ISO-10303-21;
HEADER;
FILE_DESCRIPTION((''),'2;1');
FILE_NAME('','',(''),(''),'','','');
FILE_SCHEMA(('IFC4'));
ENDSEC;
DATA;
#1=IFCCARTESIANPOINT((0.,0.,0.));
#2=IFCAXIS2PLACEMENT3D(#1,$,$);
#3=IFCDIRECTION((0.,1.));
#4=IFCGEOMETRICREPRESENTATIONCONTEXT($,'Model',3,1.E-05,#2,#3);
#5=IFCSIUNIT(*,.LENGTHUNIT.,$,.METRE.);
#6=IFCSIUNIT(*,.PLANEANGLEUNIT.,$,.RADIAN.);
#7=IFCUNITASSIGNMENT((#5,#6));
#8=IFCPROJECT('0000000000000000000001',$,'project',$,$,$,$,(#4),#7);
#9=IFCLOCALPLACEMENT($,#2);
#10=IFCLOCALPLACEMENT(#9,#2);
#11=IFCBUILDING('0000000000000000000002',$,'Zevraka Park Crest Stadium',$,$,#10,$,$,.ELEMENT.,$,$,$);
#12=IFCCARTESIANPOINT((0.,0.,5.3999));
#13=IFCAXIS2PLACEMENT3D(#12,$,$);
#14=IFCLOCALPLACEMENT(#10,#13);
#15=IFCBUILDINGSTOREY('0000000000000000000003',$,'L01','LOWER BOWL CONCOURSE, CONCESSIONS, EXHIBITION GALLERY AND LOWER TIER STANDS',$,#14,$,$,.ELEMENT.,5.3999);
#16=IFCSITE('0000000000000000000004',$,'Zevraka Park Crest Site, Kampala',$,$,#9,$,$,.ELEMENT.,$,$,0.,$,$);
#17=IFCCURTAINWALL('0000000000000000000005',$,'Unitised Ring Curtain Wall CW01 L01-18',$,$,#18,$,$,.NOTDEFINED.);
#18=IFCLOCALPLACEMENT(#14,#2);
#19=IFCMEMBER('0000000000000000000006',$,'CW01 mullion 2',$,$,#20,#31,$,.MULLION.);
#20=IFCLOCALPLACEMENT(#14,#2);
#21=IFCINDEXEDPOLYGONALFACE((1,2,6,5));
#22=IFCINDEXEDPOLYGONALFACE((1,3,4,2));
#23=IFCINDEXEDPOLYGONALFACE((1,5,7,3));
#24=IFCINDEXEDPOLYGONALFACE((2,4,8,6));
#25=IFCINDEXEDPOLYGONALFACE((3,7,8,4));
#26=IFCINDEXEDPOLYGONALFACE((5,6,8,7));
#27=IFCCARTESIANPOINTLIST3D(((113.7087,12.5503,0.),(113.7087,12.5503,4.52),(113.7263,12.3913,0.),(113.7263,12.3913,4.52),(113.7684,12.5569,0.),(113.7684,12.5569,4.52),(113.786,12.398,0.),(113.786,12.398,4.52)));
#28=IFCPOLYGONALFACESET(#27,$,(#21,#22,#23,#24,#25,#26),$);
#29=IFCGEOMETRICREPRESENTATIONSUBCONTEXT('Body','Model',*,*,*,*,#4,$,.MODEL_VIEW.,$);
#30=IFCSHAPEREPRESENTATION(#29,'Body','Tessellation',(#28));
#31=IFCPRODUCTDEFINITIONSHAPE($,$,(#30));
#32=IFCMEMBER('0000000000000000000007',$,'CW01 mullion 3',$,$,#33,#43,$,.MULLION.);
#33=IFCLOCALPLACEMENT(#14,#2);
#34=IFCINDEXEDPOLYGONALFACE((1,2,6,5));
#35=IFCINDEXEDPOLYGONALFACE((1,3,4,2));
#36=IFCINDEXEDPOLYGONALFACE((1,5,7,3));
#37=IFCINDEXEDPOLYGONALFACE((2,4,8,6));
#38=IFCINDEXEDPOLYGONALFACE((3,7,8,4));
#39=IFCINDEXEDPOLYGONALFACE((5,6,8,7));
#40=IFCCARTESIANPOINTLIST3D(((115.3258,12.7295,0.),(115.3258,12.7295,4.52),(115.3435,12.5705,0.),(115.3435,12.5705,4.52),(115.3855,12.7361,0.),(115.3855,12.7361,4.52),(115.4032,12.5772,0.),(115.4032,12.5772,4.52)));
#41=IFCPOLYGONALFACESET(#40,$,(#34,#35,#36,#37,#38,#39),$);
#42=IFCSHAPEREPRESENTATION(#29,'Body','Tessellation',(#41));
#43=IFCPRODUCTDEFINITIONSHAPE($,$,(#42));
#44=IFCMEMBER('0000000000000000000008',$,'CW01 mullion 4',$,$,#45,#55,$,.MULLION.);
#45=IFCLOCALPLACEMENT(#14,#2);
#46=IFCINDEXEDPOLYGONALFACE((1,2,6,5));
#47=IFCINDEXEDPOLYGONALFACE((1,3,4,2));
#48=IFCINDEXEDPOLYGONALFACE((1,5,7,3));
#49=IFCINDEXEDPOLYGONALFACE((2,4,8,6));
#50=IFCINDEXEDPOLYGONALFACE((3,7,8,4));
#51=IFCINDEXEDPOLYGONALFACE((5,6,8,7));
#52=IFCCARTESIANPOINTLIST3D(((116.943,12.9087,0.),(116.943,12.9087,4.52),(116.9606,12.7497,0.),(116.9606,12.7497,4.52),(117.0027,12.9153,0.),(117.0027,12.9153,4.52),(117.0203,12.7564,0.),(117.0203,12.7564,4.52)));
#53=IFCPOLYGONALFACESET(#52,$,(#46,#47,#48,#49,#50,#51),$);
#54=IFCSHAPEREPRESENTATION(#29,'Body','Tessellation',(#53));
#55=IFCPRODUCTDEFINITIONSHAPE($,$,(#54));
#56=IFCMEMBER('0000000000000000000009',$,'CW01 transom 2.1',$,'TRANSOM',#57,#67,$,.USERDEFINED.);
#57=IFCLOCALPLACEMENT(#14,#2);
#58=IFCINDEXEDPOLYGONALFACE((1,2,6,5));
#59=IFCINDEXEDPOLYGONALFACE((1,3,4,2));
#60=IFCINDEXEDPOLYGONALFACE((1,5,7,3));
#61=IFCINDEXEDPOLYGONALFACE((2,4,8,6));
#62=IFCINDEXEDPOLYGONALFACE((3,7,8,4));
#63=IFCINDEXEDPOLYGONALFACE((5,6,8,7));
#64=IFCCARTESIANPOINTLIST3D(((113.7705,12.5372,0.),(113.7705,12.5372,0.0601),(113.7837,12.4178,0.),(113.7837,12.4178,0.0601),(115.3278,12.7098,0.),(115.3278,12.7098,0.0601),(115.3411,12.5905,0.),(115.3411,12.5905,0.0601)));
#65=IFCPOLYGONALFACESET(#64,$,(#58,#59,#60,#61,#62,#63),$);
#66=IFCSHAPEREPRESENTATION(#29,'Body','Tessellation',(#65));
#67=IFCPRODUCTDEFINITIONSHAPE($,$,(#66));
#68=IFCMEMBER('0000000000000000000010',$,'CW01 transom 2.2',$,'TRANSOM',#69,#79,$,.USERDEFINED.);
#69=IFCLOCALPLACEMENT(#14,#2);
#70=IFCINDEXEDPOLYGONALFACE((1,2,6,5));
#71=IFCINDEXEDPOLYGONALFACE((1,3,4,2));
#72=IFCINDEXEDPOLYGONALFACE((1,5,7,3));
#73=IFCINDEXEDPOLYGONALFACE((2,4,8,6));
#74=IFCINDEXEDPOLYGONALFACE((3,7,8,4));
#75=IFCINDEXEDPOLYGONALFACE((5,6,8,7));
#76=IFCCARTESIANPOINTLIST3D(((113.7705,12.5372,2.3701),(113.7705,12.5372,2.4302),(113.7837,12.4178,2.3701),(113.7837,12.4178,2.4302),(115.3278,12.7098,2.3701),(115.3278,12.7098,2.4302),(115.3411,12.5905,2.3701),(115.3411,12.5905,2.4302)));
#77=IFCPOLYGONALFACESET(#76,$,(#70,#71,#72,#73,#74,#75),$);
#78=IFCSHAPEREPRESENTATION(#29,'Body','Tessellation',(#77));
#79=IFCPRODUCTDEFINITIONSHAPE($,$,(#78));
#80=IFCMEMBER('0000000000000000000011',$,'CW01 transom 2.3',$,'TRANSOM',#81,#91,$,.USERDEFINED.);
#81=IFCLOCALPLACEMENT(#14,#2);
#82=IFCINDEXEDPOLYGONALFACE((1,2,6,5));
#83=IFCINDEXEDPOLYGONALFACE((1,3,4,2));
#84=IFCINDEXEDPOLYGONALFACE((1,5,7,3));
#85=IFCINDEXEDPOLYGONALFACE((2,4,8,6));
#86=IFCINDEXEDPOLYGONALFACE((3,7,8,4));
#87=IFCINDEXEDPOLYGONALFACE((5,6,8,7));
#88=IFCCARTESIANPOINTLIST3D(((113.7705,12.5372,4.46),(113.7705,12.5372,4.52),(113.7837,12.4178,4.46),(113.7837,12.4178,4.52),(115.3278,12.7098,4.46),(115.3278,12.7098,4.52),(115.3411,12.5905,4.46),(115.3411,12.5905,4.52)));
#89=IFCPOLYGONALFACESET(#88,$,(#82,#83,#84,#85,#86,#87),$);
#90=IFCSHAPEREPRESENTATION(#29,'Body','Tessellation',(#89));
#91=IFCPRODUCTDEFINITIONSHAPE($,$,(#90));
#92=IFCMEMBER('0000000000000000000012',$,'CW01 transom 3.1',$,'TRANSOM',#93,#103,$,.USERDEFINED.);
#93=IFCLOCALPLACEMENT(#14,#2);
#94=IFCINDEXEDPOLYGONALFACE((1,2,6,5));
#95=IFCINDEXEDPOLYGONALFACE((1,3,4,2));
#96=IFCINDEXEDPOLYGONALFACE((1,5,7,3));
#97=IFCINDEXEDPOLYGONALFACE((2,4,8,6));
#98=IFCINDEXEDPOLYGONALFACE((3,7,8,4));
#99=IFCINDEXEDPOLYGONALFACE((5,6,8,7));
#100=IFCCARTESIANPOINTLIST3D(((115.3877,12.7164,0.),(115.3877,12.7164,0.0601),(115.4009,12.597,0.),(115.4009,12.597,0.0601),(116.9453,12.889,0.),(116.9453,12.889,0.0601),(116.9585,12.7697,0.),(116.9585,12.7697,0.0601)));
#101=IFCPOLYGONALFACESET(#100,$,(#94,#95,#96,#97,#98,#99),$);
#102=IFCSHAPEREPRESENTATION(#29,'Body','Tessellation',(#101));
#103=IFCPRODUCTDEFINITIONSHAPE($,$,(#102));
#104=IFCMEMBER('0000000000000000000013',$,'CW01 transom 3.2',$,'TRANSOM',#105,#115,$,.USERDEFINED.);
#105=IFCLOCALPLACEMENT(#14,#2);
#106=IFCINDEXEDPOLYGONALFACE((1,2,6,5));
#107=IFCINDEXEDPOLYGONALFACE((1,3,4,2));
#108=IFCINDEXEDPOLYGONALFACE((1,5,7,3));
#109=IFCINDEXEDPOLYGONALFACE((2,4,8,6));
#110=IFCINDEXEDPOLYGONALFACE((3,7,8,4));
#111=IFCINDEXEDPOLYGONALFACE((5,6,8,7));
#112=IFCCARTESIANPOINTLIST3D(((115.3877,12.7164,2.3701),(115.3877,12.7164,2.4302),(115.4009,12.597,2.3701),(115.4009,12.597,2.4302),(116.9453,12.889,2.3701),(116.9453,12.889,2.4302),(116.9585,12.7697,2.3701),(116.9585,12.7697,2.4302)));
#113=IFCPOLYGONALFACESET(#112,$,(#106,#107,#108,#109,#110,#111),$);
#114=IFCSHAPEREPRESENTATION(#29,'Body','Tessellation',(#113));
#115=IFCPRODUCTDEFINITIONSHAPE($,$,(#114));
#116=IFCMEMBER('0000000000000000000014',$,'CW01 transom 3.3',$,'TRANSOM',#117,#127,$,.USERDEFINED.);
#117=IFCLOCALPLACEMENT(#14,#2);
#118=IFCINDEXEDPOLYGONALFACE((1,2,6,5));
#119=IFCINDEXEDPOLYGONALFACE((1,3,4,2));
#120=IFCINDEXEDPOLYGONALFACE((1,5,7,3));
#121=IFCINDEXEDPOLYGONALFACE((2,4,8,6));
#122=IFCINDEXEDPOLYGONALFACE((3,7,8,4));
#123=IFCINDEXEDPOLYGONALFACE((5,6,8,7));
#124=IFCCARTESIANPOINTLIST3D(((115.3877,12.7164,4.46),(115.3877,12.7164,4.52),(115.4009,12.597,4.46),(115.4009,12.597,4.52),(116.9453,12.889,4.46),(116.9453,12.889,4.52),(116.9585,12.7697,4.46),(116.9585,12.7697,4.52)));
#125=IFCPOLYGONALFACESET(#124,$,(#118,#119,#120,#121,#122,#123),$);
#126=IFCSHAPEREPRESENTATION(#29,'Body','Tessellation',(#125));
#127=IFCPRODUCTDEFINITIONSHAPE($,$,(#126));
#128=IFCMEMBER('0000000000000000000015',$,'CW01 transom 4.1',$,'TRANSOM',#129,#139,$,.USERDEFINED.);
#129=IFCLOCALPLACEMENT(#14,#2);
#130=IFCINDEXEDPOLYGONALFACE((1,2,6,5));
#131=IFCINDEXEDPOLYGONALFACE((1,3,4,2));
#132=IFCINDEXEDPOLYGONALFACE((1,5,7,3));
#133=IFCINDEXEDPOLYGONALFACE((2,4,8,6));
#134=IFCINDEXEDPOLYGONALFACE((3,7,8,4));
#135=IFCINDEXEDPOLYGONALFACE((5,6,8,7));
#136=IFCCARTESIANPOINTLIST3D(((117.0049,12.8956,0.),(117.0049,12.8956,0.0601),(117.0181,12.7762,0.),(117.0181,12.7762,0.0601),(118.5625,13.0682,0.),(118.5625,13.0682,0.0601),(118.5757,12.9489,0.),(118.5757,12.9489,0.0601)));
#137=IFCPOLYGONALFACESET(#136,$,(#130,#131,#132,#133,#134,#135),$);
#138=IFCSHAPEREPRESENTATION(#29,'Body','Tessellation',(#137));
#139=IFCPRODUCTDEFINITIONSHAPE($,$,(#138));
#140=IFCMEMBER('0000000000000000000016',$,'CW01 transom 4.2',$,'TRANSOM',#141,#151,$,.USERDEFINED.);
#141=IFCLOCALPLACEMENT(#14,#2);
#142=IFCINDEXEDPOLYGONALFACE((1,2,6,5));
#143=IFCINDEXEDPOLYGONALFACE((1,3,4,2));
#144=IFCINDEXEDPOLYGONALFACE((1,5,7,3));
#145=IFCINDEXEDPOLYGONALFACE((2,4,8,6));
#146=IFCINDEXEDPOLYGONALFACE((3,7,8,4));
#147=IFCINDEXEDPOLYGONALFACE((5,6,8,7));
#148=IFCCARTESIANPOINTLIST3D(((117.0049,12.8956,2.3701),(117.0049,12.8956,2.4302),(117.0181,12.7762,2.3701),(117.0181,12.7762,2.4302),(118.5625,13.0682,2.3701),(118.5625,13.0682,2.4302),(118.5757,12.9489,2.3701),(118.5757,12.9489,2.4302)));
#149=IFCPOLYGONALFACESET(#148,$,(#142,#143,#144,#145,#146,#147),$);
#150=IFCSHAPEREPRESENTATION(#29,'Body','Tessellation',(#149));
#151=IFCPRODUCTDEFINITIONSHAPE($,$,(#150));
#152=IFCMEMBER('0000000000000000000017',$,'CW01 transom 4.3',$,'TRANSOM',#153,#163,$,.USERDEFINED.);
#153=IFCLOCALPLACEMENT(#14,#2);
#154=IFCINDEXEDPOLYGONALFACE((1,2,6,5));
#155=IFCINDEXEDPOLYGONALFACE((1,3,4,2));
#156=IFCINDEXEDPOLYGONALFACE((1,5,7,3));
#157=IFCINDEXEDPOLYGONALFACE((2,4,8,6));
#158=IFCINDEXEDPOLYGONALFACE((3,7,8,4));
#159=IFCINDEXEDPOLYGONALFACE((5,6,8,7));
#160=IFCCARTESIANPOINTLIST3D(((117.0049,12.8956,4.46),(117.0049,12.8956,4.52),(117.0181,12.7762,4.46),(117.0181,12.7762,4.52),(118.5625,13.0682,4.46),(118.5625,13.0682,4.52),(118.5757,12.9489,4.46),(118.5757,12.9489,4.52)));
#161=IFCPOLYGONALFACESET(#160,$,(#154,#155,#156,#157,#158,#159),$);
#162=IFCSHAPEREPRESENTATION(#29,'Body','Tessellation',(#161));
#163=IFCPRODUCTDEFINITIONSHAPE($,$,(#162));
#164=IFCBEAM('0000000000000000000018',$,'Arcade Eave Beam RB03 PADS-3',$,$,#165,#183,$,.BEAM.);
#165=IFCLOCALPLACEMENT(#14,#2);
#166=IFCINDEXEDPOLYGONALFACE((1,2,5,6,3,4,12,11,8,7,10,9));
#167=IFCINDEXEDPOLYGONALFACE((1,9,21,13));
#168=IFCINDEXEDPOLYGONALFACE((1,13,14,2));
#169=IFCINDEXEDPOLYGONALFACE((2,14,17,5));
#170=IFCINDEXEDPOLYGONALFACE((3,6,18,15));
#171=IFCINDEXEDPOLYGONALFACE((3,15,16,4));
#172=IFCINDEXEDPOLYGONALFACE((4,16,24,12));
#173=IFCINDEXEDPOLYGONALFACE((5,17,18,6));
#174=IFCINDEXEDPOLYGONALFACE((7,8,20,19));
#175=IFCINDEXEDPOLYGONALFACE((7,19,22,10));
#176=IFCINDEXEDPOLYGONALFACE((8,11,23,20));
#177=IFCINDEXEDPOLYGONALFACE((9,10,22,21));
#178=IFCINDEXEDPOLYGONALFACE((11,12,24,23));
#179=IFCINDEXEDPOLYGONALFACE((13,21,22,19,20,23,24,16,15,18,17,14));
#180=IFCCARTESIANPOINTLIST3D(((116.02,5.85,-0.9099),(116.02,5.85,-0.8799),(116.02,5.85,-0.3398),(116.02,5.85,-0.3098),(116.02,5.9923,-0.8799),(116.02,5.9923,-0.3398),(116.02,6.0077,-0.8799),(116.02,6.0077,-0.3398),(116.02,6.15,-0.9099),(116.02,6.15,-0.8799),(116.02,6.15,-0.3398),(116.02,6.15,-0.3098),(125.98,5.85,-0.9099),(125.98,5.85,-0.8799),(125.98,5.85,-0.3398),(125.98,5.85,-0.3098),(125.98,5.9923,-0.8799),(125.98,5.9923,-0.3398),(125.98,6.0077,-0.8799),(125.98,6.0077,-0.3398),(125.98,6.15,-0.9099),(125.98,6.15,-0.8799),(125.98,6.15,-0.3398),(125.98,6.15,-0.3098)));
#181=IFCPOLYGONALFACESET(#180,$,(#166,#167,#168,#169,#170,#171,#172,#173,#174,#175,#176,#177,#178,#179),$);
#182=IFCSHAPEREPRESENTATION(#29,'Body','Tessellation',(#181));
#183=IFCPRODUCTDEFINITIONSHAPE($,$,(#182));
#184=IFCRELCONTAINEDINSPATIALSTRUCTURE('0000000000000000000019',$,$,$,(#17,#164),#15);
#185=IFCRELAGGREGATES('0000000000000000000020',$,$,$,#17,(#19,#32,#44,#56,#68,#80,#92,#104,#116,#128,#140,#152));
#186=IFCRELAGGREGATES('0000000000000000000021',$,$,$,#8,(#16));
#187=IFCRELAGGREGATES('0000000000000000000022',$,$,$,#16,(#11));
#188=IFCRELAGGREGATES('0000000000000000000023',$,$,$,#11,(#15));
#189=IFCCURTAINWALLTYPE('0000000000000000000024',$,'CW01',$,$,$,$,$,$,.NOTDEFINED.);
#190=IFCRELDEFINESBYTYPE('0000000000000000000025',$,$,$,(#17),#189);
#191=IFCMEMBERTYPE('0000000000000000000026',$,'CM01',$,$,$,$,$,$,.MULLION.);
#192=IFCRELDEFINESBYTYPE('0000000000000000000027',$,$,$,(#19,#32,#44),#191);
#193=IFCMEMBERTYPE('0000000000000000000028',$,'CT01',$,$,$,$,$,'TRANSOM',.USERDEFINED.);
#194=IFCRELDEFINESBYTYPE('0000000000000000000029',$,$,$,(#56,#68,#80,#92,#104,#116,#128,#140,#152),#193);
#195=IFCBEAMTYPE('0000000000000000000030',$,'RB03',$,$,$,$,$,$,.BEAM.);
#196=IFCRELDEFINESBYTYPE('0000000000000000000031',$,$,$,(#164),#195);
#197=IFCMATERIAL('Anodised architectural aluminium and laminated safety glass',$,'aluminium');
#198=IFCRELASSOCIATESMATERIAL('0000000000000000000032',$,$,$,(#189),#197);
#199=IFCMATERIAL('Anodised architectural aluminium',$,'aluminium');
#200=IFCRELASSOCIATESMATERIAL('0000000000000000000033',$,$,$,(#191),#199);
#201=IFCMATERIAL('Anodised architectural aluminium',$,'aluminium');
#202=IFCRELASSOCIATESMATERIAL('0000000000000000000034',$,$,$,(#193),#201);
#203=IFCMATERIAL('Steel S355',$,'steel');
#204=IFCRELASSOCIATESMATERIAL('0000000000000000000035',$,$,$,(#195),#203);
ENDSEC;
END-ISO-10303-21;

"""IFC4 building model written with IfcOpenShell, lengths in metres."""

from ifc_helpers import new_model, si_unit, direction, frame, origin, origin_2d, place, context, subcontext, project, spatial, rectangle, i_section, extrude, material, material_profile, profile_set, type_object, element, aggregate, save


model = new_model("IFC4")

# Units and contexts
model_context = context("Model", 3, precision=1e-05, world=origin(), true_north=direction((0.0, 1.0)))
body_context = subcontext(model_context, "Body", "Model", "MODEL_VIEW")
ifc_project = project(units=[si_unit("LENGTHUNIT", "METRE"), si_unit("PLANEANGLEUNIT", "RADIAN")], contexts=[model_context])

# Site, building, storey
site_placement = place(None, origin())
site = spatial("IfcSite", under=ifc_project, at=site_placement, Name="Zevraka Park Crest Site, Kampala", CompositionType="ELEMENT", RefElevation=0.0)
building_placement = place(site_placement, origin())
building = spatial("IfcBuilding", under=site, at=building_placement, Name="Zevraka Park Crest Stadium", CompositionType="ELEMENT")
storey_placement = place(building_placement, frame((0.0, 0.0, 5.3999)))
storey = spatial("IfcBuildingStorey", under=building, at=storey_placement, Name="L01", Description="LOWER BOWL CONCOURSE, CONCESSIONS, EXHIBITION GALLERY AND LOWER TIER STANDS", CompositionType="ELEMENT", Elevation=5.3999)

# Curtain wall, members
ifc_material_1 = material(Name="Anodised architectural aluminium and laminated safety glass", Category="aluminium")
curtain_wall_type = type_object("IfcCurtainWallType", Name="CW01", PredefinedType="NOTDEFINED", material=ifc_material_1)
curtain_wall_placement = place(storey_placement, origin())
curtain_wall = element("IfcCurtainWall", 1, at=curtain_wall_placement, inside=storey, type_object=curtain_wall_type, Name="Unitised Ring Curtain Wall CW01 L01-18", PredefinedType="NOTDEFINED")
ifc_material_2 = material(Name="Anodised architectural aluminium", Category="aluminium")
ifc_material_profile_1 = material_profile(ifc_material_2, rectangle(XDim=0.1599, YDim=0.0601, at=origin_2d()), Name="ALU MULLION 160x60")
ifc_profile_set_1 = profile_set([ifc_material_profile_1], Name="Anodised architectural aluminium")
member_type_1 = type_object("IfcMemberType", Name="CM01", PredefinedType="MULLION", material=ifc_profile_set_1)
member_1_placement = place(storey_placement, frame((113.7473, 12.4741, 0.0), z_axis=(0.0, 0.0, 1.0), x_axis=(-0.110135, 0.993917, 0.0)))
member_1 = element("IfcMember", 2, at=member_1_placement, type_object=member_type_1, Name="CW01 mullion 2", PredefinedType="MULLION", context=body_context, shape_type="SweptSolid", body=[
    extrude(rectangle(XDim=0.1599, YDim=0.0601, at=origin_2d()), origin(), (0.0, 0.0, 1.0), 4.52),
])
member_2_placement = place(storey_placement, frame((115.3645, 12.6533, 0.0), z_axis=(0.0, 0.0, 1.0), x_axis=(-0.110135, 0.993917, 0.0)))
member_2 = element("IfcMember", 3, at=member_2_placement, type_object=member_type_1, Name="CW01 mullion 3", PredefinedType="MULLION", context=body_context, shape_type="SweptSolid", body=[
    extrude(rectangle(XDim=0.1599, YDim=0.0601, at=origin_2d()), origin(), (0.0, 0.0, 1.0), 4.52),
])
member_3_placement = place(storey_placement, frame((116.9817, 12.8325, 0.0), z_axis=(0.0, 0.0, 1.0), x_axis=(-0.110135, 0.993917, 0.0)))
member_3 = element("IfcMember", 4, at=member_3_placement, type_object=member_type_1, Name="CW01 mullion 4", PredefinedType="MULLION", context=body_context, shape_type="SweptSolid", body=[
    extrude(rectangle(XDim=0.1599, YDim=0.0601, at=origin_2d()), origin(), (0.0, 0.0, 1.0), 4.52),
])
ifc_material_3 = material(Name="Anodised architectural aluminium", Category="aluminium")
ifc_material_profile_2 = material_profile(ifc_material_3, rectangle(XDim=0.1201, YDim=0.0601, at=origin_2d()), Name="ALU TRANSOM 120x60")
ifc_profile_set_2 = profile_set([ifc_material_profile_2], Name="Anodised architectural aluminium")
member_type_2 = type_object("IfcMemberType", Name="CT01", ElementType="TRANSOM", PredefinedType="USERDEFINED", material=ifc_profile_set_2)
member_4_placement = place(storey_placement, frame((113.7771, 12.4775, 0.03), z_axis=(0.993914, 0.110158, 0.0), x_axis=(-0.110158, 0.993914, 0.0)))
member_4 = element("IfcMember", 5, at=member_4_placement, type_object=member_type_2, Name="CW01 transom 2.1", ObjectType="TRANSOM", PredefinedType="USERDEFINED", context=body_context, shape_type="SweptSolid", body=[
    extrude(rectangle(XDim=0.1201, YDim=0.0601, at=origin_2d()), origin(), (0.0, 0.0, 1.0), 1.5669),
])
member_5_placement = place(storey_placement, frame((113.7771, 12.4775, 2.4001), z_axis=(0.993914, 0.110158, 0.0), x_axis=(-0.110158, 0.993914, 0.0)))
member_5 = element("IfcMember", 6, at=member_5_placement, type_object=member_type_2, Name="CW01 transom 2.2", ObjectType="TRANSOM", PredefinedType="USERDEFINED", context=body_context, shape_type="SweptSolid", body=[
    extrude(rectangle(XDim=0.1201, YDim=0.0601, at=origin_2d()), origin(), (0.0, 0.0, 1.0), 1.5669),
])
member_6_placement = place(storey_placement, frame((113.7771, 12.4775, 4.49), z_axis=(0.993914, 0.110158, 0.0), x_axis=(-0.110158, 0.993914, 0.0)))
member_6 = element("IfcMember", 7, at=member_6_placement, type_object=member_type_2, Name="CW01 transom 2.3", ObjectType="TRANSOM", PredefinedType="USERDEFINED", context=body_context, shape_type="SweptSolid", body=[
    extrude(rectangle(XDim=0.1201, YDim=0.0601, at=origin_2d()), origin(), (0.0, 0.0, 1.0), 1.5669),
])
member_7_placement = place(storey_placement, frame((115.3943, 12.6567, 0.03), z_axis=(0.993916, 0.110141, 0.0), x_axis=(-0.110141, 0.993916, 0.0)))
member_7 = element("IfcMember", 8, at=member_7_placement, type_object=member_type_2, Name="CW01 transom 3.1", ObjectType="TRANSOM", PredefinedType="USERDEFINED", context=body_context, shape_type="SweptSolid", body=[
    extrude(rectangle(XDim=0.1201, YDim=0.0601, at=origin_2d()), origin(), (0.0, 0.0, 1.0), 1.5671),
])
member_8_placement = place(storey_placement, frame((115.3943, 12.6567, 2.4001), z_axis=(0.993916, 0.110141, 0.0), x_axis=(-0.110141, 0.993916, 0.0)))
member_8 = element("IfcMember", 9, at=member_8_placement, type_object=member_type_2, Name="CW01 transom 3.2", ObjectType="TRANSOM", PredefinedType="USERDEFINED", context=body_context, shape_type="SweptSolid", body=[
    extrude(rectangle(XDim=0.1201, YDim=0.0601, at=origin_2d()), origin(), (0.0, 0.0, 1.0), 1.5671),
])
member_9_placement = place(storey_placement, frame((115.3943, 12.6567, 4.49), z_axis=(0.993916, 0.110141, 0.0), x_axis=(-0.110141, 0.993916, 0.0)))
member_9 = element("IfcMember", 10, at=member_9_placement, type_object=member_type_2, Name="CW01 transom 3.3", ObjectType="TRANSOM", PredefinedType="USERDEFINED", context=body_context, shape_type="SweptSolid", body=[
    extrude(rectangle(XDim=0.1201, YDim=0.0601, at=origin_2d()), origin(), (0.0, 0.0, 1.0), 1.5671),
])
member_10_placement = place(storey_placement, frame((117.0115, 12.8359, 0.03), z_axis=(0.993916, 0.110141, 0.0), x_axis=(-0.110141, 0.993916, 0.0)))
member_10 = element("IfcMember", 11, at=member_10_placement, type_object=member_type_2, Name="CW01 transom 4.1", ObjectType="TRANSOM", PredefinedType="USERDEFINED", context=body_context, shape_type="SweptSolid", body=[
    extrude(rectangle(XDim=0.1201, YDim=0.0601, at=origin_2d()), origin(), (0.0, 0.0, 1.0), 1.5671),
])
member_11_placement = place(storey_placement, frame((117.0115, 12.8359, 2.4001), z_axis=(0.993916, 0.110141, 0.0), x_axis=(-0.110141, 0.993916, 0.0)))
member_11 = element("IfcMember", 12, at=member_11_placement, type_object=member_type_2, Name="CW01 transom 4.2", ObjectType="TRANSOM", PredefinedType="USERDEFINED", context=body_context, shape_type="SweptSolid", body=[
    extrude(rectangle(XDim=0.1201, YDim=0.0601, at=origin_2d()), origin(), (0.0, 0.0, 1.0), 1.5671),
])
member_12_placement = place(storey_placement, frame((117.0115, 12.8359, 4.49), z_axis=(0.993916, 0.110141, 0.0), x_axis=(-0.110141, 0.993916, 0.0)))
member_12 = element("IfcMember", 13, at=member_12_placement, type_object=member_type_2, Name="CW01 transom 4.3", ObjectType="TRANSOM", PredefinedType="USERDEFINED", context=body_context, shape_type="SweptSolid", body=[
    extrude(rectangle(XDim=0.1201, YDim=0.0601, at=origin_2d()), origin(), (0.0, 0.0, 1.0), 1.5671),
])

# Beam
ifc_material_4 = material(Name="Steel S355", Category="steel")
ifc_material_profile_3 = material_profile(ifc_material_4, i_section(OverallWidth=0.3, OverallDepth=0.6001, WebThickness=0.0154, FlangeThickness=0.03, at=origin_2d()), Name="HEB 600")
ifc_profile_set_3 = profile_set([ifc_material_profile_3], Name="Steel S355")
beam_type = type_object("IfcBeamType", Name="RB03", PredefinedType="BEAM", material=ifc_profile_set_3)
beam_placement = place(storey_placement, frame((116.02, 6.0, -0.6099), z_axis=(1.0, 0.0, 0.0), x_axis=(0.0, 1.0, 0.0)))
element("IfcBeam", 14, at=beam_placement, inside=storey, type_object=beam_type, Name="Arcade Eave Beam RB03 PADS-3", PredefinedType="BEAM", context=body_context, shape_type="SweptSolid", body=[
    extrude(i_section(OverallWidth=0.3, OverallDepth=0.6001, WebThickness=0.0154, FlangeThickness=0.03, at=origin_2d()), origin(), (0.0, 0.0, 1.0), 9.96),
])

aggregate(curtain_wall, [member_1, member_2, member_3, member_4, member_5, member_6, member_7, member_8, member_9, member_10, member_11, member_12])

save(model, "model.ifc")
